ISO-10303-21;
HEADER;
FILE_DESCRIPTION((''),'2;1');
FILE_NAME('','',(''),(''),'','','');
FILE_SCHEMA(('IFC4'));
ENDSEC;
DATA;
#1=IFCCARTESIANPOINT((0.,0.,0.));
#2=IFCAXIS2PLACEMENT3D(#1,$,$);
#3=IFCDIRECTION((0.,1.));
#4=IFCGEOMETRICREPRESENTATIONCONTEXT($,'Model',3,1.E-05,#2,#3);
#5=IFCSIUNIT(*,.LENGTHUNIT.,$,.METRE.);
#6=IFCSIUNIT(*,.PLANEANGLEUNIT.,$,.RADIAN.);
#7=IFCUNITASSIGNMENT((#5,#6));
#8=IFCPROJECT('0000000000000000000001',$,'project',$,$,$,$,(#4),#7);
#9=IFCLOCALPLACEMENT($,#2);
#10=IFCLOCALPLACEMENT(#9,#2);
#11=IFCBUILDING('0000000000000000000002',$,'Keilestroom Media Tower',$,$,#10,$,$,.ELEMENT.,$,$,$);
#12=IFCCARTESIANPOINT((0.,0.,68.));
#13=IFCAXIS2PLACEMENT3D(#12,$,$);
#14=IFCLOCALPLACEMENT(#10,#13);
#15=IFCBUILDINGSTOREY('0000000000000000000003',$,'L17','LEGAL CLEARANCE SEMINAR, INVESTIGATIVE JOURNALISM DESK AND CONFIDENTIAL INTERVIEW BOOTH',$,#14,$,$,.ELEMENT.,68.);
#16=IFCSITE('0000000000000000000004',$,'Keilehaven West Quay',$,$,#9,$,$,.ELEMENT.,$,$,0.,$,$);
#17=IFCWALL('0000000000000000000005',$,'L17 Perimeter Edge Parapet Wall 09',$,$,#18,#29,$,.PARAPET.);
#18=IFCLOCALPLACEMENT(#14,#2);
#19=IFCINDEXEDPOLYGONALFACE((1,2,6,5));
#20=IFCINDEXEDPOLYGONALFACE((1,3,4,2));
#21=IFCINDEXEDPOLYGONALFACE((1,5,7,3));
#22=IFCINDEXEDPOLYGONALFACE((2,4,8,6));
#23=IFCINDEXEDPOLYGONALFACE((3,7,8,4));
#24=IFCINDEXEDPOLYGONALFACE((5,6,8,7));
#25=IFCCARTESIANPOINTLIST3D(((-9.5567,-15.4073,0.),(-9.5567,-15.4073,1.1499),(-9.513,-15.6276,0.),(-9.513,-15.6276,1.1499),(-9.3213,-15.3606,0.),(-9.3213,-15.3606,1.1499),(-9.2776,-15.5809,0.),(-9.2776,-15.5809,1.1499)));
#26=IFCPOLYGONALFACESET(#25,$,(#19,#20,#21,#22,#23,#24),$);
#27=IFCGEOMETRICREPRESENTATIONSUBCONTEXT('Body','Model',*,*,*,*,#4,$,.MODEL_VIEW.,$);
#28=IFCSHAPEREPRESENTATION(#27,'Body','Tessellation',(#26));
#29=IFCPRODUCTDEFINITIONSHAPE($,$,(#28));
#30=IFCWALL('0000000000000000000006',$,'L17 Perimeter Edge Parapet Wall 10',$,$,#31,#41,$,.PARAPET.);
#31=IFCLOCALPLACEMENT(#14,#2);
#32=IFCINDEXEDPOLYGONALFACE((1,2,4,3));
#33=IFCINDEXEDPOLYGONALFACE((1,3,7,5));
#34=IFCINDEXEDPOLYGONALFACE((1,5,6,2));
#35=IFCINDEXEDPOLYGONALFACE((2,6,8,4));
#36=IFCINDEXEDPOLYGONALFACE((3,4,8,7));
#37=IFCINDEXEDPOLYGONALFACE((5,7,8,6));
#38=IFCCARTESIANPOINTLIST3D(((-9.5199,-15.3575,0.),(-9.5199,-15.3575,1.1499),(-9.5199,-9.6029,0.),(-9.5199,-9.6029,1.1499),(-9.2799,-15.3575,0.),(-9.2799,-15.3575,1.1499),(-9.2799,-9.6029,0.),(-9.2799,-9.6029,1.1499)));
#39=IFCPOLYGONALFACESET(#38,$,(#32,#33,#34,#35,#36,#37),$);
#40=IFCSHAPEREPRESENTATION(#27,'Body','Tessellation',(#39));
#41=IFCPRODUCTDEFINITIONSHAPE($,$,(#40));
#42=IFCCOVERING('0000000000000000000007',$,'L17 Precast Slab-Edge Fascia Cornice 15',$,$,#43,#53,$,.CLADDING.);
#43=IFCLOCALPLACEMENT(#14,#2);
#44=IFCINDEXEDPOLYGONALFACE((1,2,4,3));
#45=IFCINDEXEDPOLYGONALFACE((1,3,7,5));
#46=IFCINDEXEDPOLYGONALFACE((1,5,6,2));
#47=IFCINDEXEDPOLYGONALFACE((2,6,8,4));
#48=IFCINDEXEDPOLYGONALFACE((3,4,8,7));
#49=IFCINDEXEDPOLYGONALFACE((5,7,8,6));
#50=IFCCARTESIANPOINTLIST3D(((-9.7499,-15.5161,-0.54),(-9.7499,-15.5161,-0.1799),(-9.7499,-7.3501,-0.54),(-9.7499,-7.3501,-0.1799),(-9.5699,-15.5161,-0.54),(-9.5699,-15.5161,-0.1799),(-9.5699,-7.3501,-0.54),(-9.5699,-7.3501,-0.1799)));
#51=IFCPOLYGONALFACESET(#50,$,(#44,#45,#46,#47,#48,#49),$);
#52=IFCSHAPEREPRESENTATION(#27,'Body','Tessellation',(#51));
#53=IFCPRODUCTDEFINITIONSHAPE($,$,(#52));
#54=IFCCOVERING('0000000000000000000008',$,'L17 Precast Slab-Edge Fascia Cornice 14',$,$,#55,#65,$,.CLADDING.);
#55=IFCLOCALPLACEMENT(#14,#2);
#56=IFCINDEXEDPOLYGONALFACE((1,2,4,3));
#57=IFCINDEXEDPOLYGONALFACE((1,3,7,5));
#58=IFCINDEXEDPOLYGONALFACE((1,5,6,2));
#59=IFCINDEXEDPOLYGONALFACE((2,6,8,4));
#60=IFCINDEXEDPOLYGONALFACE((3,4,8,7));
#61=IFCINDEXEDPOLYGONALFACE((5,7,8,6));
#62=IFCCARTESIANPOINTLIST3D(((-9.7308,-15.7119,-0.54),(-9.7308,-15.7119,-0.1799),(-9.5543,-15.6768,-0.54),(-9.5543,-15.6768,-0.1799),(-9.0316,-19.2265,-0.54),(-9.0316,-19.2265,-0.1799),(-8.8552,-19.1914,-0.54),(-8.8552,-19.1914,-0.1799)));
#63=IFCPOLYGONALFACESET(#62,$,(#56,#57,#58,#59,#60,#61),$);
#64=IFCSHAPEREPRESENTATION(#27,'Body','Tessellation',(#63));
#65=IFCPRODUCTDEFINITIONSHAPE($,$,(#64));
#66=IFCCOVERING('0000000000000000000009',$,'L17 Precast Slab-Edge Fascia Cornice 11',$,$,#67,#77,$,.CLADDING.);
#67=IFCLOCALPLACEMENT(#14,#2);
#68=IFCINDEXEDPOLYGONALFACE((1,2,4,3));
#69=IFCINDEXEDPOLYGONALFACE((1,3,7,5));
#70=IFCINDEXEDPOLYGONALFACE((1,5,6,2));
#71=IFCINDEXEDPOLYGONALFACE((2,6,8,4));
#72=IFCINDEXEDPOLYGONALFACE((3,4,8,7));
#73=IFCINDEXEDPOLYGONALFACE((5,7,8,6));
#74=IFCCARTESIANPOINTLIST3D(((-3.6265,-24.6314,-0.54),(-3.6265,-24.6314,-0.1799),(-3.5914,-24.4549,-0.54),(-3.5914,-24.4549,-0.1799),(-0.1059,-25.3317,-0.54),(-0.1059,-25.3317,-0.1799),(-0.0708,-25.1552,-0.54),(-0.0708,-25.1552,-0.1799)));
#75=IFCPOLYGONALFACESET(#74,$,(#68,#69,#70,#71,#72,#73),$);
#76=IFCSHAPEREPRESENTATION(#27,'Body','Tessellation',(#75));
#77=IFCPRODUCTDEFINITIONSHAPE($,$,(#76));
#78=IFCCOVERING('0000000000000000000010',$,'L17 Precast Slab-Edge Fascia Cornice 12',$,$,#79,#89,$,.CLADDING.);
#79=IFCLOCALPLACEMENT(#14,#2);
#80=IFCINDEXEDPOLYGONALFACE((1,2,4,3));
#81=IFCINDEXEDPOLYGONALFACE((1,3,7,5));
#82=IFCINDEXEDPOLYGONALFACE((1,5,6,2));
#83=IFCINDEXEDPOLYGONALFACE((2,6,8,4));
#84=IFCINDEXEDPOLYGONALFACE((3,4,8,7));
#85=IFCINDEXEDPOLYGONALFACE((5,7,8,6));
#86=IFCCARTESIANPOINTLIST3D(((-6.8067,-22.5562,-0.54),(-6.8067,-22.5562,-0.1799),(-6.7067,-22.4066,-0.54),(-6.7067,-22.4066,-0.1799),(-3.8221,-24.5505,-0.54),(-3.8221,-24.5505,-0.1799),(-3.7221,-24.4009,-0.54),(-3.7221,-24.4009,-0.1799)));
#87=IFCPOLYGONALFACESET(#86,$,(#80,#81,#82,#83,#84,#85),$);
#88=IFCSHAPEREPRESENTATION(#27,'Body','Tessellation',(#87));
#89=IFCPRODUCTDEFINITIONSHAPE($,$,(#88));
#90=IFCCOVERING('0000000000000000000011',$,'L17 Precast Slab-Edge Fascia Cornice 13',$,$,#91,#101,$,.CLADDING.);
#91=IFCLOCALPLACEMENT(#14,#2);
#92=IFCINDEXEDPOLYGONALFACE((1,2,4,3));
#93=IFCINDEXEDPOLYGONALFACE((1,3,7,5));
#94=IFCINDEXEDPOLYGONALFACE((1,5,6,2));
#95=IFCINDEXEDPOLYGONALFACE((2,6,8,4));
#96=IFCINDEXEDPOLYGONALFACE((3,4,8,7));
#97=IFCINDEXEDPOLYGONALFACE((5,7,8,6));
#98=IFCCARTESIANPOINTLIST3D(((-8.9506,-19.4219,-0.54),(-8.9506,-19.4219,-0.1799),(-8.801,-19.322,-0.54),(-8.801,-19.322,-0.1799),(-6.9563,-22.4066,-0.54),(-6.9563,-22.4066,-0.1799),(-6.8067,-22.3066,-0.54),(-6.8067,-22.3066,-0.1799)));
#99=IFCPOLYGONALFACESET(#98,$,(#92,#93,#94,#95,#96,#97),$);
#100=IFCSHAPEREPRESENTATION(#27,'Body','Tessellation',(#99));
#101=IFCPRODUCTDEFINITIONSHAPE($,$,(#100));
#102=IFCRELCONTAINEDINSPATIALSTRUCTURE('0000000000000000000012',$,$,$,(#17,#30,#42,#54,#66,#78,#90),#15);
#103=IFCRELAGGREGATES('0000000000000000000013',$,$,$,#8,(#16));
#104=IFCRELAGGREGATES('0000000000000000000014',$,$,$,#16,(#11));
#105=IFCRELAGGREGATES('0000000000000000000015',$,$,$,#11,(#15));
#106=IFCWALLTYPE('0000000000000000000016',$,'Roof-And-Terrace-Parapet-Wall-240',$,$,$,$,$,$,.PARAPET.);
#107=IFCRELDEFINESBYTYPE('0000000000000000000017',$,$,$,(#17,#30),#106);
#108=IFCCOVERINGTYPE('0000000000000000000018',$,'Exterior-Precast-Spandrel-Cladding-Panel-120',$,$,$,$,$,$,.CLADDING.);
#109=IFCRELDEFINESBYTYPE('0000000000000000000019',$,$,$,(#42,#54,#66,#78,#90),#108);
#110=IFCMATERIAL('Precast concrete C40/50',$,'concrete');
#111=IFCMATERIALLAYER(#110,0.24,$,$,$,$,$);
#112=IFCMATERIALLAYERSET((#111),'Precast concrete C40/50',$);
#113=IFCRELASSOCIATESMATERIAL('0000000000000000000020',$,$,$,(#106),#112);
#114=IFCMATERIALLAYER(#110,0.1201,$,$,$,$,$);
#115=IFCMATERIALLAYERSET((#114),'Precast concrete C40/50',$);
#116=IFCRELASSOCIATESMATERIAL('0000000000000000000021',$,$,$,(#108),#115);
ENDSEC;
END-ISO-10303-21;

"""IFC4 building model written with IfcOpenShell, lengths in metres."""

from ifc_helpers import new_model, si_unit, direction, frame, frame_2d, origin, origin_2d, place, context, subcontext, project, spatial, rectangle, extrude, source, transform, mapped, material, layer, layer_set, type_object, element, save


model = new_model("IFC4")

# Units and contexts
model_context = context("Model", 3, precision=1e-05, world=origin(), true_north=direction((0.0, 1.0)))
body_context = subcontext(model_context, "Body", "Model", "MODEL_VIEW")
ifc_project = project(units=[si_unit("LENGTHUNIT", "METRE"), si_unit("PLANEANGLEUNIT", "RADIAN")], contexts=[model_context])

# Site, building, storey
site_placement = place(None, origin())
site = spatial("IfcSite", under=ifc_project, at=site_placement, Name="Keilehaven West Quay", CompositionType="ELEMENT", RefElevation=0.0)
building_placement = place(site_placement, origin())
building = spatial("IfcBuilding", under=site, at=building_placement, Name="Keilestroom Media Tower", CompositionType="ELEMENT")
storey_placement = place(building_placement, frame((0.0, 0.0, 68.0)))
storey = spatial("IfcBuildingStorey", under=building, at=storey_placement, Name="L17", Description="LEGAL CLEARANCE SEMINAR, INVESTIGATIVE JOURNALISM DESK AND CONFIDENTIAL INTERVIEW BOOTH", CompositionType="ELEMENT", Elevation=68.0)

# Walls
ifc_material_1 = material(Name="Precast concrete C40/50", Category="concrete")
ifc_layer_1 = layer(ifc_material_1, 0.24)
ifc_layer_set_1 = layer_set([ifc_layer_1], Name="Precast concrete C40/50")
wall_type_1 = type_object("IfcWallType", Name="Roof-And-Terrace-Parapet-Wall-240", PredefinedType="PARAPET", material=ifc_layer_set_1)
wall_1_placement = place(storey_placement, frame((-9.3953, -15.6042, 0.0), z_axis=(0.0, 0.0, 1.0), x_axis=(-0.194652, 0.980872, 0.0)))
element("IfcWall", 1, at=wall_1_placement, inside=storey, type_object=wall_type_1, Name="L17 Perimeter Edge Parapet Wall 09", PredefinedType="PARAPET", context=body_context, shape_type="SweptSolid", body=[
    extrude(rectangle(XDim=0.2246, YDim=0.24, at=frame_2d((0.1123, 0.0))), origin(), (0.0, 0.0, 1.0), 1.1499),
])
wall_2_placement = place(storey_placement, frame((-9.3999, -15.3577, 0.0), z_axis=(0.0, 0.0, 1.0), x_axis=(0.0, 1.0, 0.0)))
element("IfcWall", 2, at=wall_2_placement, inside=storey, type_object=wall_type_1, Name="L17 Perimeter Edge Parapet Wall 10", PredefinedType="PARAPET", context=body_context, shape_type="SweptSolid", body=[
    extrude(rectangle(XDim=5.7546, YDim=0.24, at=frame_2d((2.8774, 0.0))), origin(), (0.0, 0.0, 1.0), 1.1499),
])

# Coverings
ifc_layer_2 = layer(ifc_material_1, 0.1201)
ifc_layer_set_2 = layer_set([ifc_layer_2], Name="Precast concrete C40/50")
covering_type = type_object("IfcCoveringType", Name="Exterior-Precast-Spandrel-Cladding-Panel-120", PredefinedType="CLADDING", material=ifc_layer_set_2)
shared_shape_1 = source(origin(), body_context, "Body", "SweptSolid", [
    extrude(rectangle(XDim=8.166, YDim=0.1799, at=origin_2d()), origin(), (0.0, 0.0, 1.0), 0.3601),
])
covering_1_placement = place(storey_placement, frame((-9.6599, -11.4331, -0.54), z_axis=(0.0, 0.0, 1.0), x_axis=(0.0, 1.0, 0.0)))
element("IfcCovering", 3, at=covering_1_placement, inside=storey, type_object=covering_type, Name="L17 Precast Slab-Edge Fascia Cornice 15", PredefinedType="CLADDING", context=body_context, shape_type="MappedRepresentation", body=[
    mapped(shared_shape_1, transform((0.0, 0.0, 0.0), x_axis=(1.0, 0.0, 0.0), y_axis=(0.0, 1.0, 0.0), z_axis=(0.0, 0.0, 1.0), scale=1.0)),
])
shared_shape_2 = source(origin(), body_context, "Body", "SweptSolid", [
    extrude(rectangle(XDim=3.5835, YDim=0.1799, at=origin_2d()), origin(), (0.0, 0.0, 1.0), 0.3601),
])
covering_2_placement = place(storey_placement, frame((-9.293, -17.4517, -0.54), z_axis=(0.0, 0.0, 1.0), x_axis=(-0.195099, 0.980784, 0.0)))
element("IfcCovering", 4, at=covering_2_placement, inside=storey, type_object=covering_type, Name="L17 Precast Slab-Edge Fascia Cornice 14", PredefinedType="CLADDING", context=body_context, shape_type="MappedRepresentation", body=[
    mapped(shared_shape_2, transform((0.0, 0.0, 0.0), x_axis=(1.0, 0.0, 0.0), y_axis=(0.0, 1.0, 0.0), z_axis=(0.0, 0.0, 1.0), scale=1.0)),
])
shared_shape_3 = source(origin(), body_context, "Body", "SweptSolid", [
    extrude(rectangle(XDim=3.5896, YDim=0.1799, at=origin_2d()), origin(), (0.0, 0.0, 1.0), 0.3601),
])
for number, where, z_axis, x_axis, name in (
    (5, (-1.8486, -24.8933, -0.54), (0.0, 0.0, 1.0), (-0.980784, 0.195099, 0.0), "L17 Precast Slab-Edge Fascia Cornice 11"),
    (6, (-5.2644, -23.4785, -0.54), (0.0, 0.0, 1.0), (-0.831467, 0.555575, 0.0), "L17 Precast Slab-Edge Fascia Cornice 12"),
    (7, (-7.8787, -20.8643, -0.54), (0.0, 0.0, 1.0), (-0.555575, 0.831467, 0.0), "L17 Precast Slab-Edge Fascia Cornice 13"),
):
    element("IfcCovering", number, at=place(storey_placement, frame(where, z_axis=z_axis, x_axis=x_axis)), inside=storey, type_object=covering_type, Name=name, PredefinedType="CLADDING", context=body_context, shape_type="MappedRepresentation", body=[
        mapped(shared_shape_3, transform((0.0, 0.0, 0.0), x_axis=(1.0, 0.0, 0.0), y_axis=(0.0, 1.0, 0.0), z_axis=(0.0, 0.0, 1.0), scale=1.0)),
    ])

save(model, "model.ifc")
